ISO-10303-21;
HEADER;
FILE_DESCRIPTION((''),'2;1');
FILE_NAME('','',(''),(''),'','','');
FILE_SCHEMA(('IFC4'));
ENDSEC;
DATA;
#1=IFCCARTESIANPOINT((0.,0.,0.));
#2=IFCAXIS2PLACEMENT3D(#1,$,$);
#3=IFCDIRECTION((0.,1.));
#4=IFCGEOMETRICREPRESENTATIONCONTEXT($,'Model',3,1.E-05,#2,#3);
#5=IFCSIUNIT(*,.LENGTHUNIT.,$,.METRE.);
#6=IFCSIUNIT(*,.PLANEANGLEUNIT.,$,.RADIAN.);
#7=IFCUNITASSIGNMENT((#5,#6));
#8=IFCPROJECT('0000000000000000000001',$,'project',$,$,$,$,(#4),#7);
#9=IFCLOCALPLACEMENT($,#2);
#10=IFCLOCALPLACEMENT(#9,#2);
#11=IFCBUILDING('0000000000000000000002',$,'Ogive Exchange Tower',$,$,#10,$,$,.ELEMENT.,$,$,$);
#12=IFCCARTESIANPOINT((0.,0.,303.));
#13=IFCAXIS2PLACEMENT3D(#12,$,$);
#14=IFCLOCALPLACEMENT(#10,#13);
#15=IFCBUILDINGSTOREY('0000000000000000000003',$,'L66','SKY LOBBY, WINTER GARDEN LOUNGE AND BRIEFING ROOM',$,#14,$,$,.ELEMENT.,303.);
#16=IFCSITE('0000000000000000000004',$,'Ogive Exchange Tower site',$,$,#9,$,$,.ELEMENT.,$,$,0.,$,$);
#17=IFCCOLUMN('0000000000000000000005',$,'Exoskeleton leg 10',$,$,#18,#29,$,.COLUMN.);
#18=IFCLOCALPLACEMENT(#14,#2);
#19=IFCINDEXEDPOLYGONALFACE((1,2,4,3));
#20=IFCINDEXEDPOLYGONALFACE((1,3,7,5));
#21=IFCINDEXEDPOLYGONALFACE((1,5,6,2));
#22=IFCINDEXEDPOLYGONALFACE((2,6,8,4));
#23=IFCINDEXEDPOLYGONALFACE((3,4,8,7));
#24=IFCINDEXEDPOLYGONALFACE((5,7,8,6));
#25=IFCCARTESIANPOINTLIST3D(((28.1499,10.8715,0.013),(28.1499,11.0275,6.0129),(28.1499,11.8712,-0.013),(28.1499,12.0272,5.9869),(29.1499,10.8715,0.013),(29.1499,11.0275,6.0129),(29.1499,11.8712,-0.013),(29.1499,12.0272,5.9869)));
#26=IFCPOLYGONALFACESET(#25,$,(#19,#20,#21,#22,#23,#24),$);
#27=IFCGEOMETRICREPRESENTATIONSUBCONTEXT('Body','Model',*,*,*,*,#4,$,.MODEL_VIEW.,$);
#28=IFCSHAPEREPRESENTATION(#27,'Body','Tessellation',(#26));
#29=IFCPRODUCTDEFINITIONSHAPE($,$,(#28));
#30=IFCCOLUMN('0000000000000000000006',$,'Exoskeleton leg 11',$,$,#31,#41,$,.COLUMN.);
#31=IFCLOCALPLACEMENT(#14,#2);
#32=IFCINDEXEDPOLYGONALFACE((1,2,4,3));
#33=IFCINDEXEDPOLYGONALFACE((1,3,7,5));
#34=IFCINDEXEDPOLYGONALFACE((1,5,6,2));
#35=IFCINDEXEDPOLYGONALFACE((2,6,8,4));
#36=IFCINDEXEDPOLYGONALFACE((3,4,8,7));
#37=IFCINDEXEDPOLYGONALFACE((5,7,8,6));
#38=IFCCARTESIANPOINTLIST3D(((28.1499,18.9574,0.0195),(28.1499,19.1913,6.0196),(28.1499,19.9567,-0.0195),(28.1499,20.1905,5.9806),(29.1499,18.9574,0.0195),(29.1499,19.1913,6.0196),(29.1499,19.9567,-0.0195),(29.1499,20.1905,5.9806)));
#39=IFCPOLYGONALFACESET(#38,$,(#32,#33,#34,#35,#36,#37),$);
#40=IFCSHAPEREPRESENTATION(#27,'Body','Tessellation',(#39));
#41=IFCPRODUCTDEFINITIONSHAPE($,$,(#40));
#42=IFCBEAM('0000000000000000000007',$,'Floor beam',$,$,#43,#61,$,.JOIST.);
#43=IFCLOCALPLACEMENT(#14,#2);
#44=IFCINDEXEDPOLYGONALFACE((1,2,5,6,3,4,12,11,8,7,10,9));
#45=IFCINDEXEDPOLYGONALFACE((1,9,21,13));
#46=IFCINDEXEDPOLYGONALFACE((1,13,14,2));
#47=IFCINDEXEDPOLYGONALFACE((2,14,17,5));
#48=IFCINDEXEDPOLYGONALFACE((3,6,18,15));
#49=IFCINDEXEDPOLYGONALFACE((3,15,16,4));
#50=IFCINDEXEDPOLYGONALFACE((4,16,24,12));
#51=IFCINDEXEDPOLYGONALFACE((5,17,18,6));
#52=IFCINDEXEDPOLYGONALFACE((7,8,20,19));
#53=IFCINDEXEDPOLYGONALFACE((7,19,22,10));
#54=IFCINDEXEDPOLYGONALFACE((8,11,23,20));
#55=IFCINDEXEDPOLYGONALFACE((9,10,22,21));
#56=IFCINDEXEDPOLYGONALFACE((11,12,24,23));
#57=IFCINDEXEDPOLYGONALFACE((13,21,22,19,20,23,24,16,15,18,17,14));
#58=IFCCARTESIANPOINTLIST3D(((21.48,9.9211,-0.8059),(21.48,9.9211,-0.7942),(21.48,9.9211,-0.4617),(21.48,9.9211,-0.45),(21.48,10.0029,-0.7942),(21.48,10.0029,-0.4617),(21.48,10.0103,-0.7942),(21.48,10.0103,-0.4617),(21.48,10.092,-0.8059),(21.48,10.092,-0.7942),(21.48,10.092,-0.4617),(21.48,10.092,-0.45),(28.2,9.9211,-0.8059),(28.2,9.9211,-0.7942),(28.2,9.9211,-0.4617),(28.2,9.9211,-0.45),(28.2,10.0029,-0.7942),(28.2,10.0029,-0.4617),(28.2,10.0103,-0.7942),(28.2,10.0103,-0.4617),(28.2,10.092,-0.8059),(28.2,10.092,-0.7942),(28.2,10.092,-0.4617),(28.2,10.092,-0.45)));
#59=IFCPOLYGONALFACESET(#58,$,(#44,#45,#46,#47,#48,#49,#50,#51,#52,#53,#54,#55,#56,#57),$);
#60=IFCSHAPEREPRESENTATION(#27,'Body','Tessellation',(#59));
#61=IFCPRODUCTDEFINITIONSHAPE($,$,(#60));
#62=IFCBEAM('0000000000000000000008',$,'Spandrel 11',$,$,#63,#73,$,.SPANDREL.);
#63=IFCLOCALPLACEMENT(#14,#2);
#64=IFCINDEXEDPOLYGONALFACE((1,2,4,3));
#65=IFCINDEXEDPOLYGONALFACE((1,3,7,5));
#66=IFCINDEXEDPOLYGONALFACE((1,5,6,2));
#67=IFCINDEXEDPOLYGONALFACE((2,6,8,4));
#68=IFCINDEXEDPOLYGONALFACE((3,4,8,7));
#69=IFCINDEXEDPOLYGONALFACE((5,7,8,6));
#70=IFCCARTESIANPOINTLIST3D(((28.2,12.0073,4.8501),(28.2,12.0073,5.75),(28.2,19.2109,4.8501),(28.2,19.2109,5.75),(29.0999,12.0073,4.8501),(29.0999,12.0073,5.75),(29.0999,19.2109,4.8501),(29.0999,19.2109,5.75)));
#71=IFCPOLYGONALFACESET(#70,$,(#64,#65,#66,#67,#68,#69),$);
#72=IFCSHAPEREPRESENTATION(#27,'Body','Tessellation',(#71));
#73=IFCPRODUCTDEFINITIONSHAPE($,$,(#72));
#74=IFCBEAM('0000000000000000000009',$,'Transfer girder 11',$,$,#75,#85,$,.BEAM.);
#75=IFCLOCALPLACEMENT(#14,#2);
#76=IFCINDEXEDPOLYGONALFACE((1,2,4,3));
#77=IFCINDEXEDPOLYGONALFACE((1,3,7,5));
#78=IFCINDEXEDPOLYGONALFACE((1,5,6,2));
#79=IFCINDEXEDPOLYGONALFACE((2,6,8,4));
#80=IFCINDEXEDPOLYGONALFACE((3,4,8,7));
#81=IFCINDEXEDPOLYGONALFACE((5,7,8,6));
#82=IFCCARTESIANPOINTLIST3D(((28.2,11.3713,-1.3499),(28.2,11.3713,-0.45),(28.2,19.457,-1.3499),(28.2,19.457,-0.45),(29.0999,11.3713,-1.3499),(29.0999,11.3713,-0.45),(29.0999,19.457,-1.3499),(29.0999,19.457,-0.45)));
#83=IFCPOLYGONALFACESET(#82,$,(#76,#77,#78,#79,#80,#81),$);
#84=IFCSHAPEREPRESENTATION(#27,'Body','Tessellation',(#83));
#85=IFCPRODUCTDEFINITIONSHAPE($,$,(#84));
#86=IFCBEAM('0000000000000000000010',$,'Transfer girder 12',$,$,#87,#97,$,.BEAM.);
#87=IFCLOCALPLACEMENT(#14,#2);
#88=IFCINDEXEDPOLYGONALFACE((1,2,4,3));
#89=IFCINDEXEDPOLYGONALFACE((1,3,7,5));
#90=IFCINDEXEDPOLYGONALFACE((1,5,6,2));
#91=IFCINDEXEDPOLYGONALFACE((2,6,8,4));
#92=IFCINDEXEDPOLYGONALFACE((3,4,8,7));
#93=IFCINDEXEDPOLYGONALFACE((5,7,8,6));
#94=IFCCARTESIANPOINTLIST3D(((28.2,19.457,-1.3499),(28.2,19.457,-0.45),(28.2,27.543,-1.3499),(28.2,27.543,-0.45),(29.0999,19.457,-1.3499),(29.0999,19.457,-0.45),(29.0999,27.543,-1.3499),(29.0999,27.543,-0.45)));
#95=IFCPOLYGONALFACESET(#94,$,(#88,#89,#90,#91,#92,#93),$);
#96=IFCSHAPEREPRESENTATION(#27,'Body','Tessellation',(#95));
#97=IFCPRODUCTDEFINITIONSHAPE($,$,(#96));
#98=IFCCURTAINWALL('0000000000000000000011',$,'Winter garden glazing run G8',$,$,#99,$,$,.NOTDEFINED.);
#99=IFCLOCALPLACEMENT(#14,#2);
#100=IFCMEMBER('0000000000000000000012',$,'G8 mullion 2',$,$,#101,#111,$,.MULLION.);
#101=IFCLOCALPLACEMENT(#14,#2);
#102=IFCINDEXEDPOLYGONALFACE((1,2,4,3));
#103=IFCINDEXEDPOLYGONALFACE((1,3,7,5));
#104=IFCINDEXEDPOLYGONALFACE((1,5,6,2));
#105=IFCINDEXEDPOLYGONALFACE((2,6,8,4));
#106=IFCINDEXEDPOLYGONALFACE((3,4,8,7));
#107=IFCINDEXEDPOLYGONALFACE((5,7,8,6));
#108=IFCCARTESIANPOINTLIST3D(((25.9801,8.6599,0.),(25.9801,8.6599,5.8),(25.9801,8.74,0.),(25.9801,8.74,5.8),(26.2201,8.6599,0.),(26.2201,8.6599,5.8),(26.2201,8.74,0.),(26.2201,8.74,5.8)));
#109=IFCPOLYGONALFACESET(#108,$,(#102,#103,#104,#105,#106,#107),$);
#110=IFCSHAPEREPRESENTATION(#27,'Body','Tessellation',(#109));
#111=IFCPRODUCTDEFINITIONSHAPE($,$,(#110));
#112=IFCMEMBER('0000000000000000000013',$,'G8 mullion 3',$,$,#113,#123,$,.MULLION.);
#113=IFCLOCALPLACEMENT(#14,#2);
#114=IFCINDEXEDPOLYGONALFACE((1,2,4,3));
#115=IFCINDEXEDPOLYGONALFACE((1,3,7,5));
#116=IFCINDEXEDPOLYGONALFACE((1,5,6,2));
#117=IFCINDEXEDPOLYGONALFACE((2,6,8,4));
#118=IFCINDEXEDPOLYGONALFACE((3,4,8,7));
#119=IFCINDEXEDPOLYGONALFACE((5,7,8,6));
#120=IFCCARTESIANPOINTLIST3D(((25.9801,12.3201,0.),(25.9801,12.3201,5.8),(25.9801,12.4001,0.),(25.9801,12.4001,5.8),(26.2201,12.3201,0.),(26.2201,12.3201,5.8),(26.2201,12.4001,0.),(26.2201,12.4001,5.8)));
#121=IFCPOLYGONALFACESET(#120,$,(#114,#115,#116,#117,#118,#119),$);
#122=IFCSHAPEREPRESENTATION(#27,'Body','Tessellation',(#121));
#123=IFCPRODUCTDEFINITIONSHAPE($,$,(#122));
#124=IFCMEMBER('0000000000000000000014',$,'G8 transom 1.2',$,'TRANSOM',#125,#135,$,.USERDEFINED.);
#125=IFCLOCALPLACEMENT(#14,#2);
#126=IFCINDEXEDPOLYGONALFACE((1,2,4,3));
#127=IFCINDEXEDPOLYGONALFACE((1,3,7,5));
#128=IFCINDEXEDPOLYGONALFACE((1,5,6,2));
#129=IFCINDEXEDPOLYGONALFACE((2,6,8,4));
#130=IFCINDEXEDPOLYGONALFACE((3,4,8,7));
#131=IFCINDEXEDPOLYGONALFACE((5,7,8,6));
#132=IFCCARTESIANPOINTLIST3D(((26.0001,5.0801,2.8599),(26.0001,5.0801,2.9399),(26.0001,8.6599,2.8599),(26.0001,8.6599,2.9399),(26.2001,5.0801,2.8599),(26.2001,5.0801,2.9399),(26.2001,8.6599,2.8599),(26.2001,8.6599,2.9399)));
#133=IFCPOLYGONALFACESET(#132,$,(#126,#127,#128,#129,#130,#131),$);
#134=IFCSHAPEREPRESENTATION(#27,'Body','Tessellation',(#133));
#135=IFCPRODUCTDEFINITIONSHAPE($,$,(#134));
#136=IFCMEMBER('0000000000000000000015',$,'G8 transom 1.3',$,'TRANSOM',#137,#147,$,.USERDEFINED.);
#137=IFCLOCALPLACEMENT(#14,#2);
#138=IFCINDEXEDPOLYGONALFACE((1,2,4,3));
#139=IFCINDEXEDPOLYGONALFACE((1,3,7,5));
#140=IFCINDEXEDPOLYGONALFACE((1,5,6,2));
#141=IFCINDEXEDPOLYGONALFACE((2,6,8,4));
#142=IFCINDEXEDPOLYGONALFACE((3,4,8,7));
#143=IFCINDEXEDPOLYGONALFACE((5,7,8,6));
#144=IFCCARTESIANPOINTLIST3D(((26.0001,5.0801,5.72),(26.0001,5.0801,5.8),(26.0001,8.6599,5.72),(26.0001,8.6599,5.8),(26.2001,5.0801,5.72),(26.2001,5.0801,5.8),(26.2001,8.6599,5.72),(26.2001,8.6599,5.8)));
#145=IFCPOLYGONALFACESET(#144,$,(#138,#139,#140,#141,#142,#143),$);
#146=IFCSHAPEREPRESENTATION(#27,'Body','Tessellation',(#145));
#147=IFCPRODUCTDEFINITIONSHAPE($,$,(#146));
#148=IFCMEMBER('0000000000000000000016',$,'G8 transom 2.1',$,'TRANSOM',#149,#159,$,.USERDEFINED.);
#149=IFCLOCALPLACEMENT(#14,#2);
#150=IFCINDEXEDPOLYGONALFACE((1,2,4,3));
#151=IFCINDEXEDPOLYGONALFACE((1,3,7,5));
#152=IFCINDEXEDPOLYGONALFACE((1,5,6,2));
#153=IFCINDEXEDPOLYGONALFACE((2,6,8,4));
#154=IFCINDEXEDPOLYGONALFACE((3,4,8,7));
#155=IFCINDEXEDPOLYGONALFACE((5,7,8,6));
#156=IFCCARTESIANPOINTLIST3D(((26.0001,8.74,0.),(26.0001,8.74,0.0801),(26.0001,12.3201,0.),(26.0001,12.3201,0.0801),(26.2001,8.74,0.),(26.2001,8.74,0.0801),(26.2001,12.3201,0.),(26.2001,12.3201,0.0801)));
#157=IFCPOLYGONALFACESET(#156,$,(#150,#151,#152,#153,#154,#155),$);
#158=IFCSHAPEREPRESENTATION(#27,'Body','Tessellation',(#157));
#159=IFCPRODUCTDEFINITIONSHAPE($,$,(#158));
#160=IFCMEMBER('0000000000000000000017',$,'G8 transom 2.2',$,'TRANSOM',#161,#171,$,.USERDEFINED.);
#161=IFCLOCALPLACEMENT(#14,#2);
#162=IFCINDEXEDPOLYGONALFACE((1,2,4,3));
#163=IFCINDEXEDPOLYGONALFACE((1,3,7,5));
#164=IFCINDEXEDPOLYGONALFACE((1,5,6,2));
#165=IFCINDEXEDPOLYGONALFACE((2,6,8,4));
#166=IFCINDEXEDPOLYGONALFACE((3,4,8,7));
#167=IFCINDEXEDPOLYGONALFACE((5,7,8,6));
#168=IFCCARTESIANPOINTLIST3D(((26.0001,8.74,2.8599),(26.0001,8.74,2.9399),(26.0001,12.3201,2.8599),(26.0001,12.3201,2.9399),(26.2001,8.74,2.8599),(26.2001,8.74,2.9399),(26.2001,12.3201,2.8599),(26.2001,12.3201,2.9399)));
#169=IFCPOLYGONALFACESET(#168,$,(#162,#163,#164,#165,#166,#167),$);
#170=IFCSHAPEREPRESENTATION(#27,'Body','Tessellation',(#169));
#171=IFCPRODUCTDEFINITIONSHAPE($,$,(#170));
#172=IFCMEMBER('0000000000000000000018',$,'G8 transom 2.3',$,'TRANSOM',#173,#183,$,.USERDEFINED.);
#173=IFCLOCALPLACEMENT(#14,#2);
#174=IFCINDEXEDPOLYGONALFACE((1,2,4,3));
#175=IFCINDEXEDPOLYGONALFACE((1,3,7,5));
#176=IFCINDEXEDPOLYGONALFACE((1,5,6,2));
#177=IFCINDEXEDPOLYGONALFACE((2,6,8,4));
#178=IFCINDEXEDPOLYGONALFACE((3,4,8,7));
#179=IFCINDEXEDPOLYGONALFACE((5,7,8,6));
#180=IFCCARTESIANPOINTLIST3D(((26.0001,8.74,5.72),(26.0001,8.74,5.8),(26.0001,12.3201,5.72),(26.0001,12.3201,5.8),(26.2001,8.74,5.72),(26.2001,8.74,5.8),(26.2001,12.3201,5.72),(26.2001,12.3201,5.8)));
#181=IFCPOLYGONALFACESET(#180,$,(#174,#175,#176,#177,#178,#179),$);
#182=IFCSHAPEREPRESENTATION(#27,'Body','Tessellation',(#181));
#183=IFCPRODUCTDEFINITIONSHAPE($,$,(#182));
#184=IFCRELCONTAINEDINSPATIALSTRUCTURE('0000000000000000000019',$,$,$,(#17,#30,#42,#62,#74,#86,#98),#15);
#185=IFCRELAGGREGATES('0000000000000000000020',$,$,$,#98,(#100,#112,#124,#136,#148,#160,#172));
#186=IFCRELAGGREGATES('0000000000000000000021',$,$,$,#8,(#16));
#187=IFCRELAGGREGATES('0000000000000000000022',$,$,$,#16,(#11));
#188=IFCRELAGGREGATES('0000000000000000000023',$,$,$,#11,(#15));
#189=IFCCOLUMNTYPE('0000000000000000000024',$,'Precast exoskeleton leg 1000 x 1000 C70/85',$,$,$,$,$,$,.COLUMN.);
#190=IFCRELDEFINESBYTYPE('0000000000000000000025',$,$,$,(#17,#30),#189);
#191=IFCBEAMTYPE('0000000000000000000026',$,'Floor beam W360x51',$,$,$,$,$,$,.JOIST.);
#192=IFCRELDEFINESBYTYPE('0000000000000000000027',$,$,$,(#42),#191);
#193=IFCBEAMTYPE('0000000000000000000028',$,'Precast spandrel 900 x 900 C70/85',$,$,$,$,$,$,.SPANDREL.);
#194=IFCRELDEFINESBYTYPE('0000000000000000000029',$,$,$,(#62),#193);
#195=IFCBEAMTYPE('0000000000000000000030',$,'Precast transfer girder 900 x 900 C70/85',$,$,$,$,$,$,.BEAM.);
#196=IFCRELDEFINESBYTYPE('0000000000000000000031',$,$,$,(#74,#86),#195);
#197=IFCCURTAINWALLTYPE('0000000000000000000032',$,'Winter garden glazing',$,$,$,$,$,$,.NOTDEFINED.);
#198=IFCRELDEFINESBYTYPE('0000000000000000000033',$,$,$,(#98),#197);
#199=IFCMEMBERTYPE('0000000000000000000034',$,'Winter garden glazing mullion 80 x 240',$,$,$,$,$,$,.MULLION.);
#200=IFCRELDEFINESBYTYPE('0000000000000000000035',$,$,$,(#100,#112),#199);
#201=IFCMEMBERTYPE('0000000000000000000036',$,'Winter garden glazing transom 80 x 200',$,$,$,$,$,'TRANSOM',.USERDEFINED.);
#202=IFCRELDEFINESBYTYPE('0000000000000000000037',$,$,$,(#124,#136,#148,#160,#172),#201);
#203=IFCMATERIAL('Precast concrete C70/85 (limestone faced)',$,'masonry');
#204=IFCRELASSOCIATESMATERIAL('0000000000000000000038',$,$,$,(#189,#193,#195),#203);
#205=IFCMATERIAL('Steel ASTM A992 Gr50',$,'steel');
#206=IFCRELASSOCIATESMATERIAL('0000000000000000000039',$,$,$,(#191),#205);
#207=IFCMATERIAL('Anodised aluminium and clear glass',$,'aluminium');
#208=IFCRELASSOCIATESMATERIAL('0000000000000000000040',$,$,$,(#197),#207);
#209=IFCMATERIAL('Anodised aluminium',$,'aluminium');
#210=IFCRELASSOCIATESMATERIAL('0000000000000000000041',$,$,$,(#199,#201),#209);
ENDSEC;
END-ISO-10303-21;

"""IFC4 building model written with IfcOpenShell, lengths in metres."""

from ifc_helpers import new_model, si_unit, direction, frame, origin, origin_2d, place, context, subcontext, project, spatial, rectangle, i_section, extrude, material, material_profile, profile_set, type_object, element, aggregate, save


model = new_model("IFC4")

# Units and contexts
model_context = context("Model", 3, precision=1e-05, world=origin(), true_north=direction((0.0, 1.0)))
body_context = subcontext(model_context, "Body", "Model", "MODEL_VIEW")
ifc_project = project(units=[si_unit("LENGTHUNIT", "METRE"), si_unit("PLANEANGLEUNIT", "RADIAN")], contexts=[model_context])

# Site, building, storey
site_placement = place(None, origin())
site = spatial("IfcSite", under=ifc_project, at=site_placement, Name="Ogive Exchange Tower site", CompositionType="ELEMENT", RefElevation=0.0)
building_placement = place(site_placement, origin())
building = spatial("IfcBuilding", under=site, at=building_placement, Name="Ogive Exchange Tower", CompositionType="ELEMENT")
storey_placement = place(building_placement, frame((0.0, 0.0, 303.0)))
storey = spatial("IfcBuildingStorey", under=building, at=storey_placement, Name="L66", Description="SKY LOBBY, WINTER GARDEN LOUNGE AND BRIEFING ROOM", CompositionType="ELEMENT", Elevation=303.0)

# Columns
ifc_material_1 = material(Name="Precast concrete C70/85 (limestone faced)", Category="masonry")
ifc_material_profile_1 = material_profile(ifc_material_1, rectangle(XDim=1.0, YDim=1.0, at=origin_2d()), Name="1000 x 1000")
ifc_profile_set_1 = profile_set([ifc_material_profile_1], Name="Precast concrete C70/85 (limestone faced)")
column_type = type_object("IfcColumnType", Name="Precast exoskeleton leg 1000 x 1000 C70/85", PredefinedType="COLUMN", material=ifc_profile_set_1)
column_1_placement = place(storey_placement, frame((28.6499, 11.3713, 0.0), z_axis=(0.0, 0.025992, 0.999662), x_axis=(-1.0, 0.0, 0.0)))
element("IfcColumn", 1, at=column_1_placement, inside=storey, type_object=column_type, Name="Exoskeleton leg 10", PredefinedType="COLUMN", context=body_context, shape_type="SweptSolid", body=[
    extrude(rectangle(XDim=1.0, YDim=1.0, at=origin_2d()), origin(), (0.0, 0.0, 1.0), 6.002),
])
column_2_placement = place(storey_placement, frame((28.6499, 19.457, 0.0), z_axis=(0.0, 0.038952, 0.999241), x_axis=(-1.0, 0.0, 0.0)))
element("IfcColumn", 2, at=column_2_placement, inside=storey, type_object=column_type, Name="Exoskeleton leg 11", PredefinedType="COLUMN", context=body_context, shape_type="SweptSolid", body=[
    extrude(rectangle(XDim=1.0, YDim=1.0, at=origin_2d()), origin(), (0.0, 0.0, 1.0), 6.0046),
])

# Beams
ifc_material_2 = material(Name="Steel ASTM A992 Gr50", Category="steel")
ifc_material_profile_2 = material_profile(ifc_material_2, i_section(OverallWidth=0.1709, OverallDepth=0.356, WebThickness=0.0073, FlangeThickness=0.0117, at=origin_2d()), Name="W360x51")
ifc_profile_set_2 = profile_set([ifc_material_profile_2], Name="Steel ASTM A992 Gr50")
beam_type_1 = type_object("IfcBeamType", Name="Floor beam W360x51", PredefinedType="JOIST", material=ifc_profile_set_2)
beam_1_placement = place(storey_placement, frame((21.48, 10.0066, -0.6279), z_axis=(1.0, 0.0, 0.0), x_axis=(0.0, 1.0, 0.0)))
element("IfcBeam", 3, at=beam_1_placement, inside=storey, type_object=beam_type_1, Name="Floor beam", PredefinedType="JOIST", context=body_context, shape_type="SweptSolid", body=[
    extrude(i_section(OverallWidth=0.1709, OverallDepth=0.356, WebThickness=0.0073, FlangeThickness=0.0117, at=origin_2d()), origin(), (0.0, 0.0, 1.0), 6.72),
])
ifc_material_profile_3 = material_profile(ifc_material_1, rectangle(XDim=0.8999, YDim=0.8999, at=origin_2d()), Name="900 x 900")
ifc_profile_set_3 = profile_set([ifc_material_profile_3], Name="Precast concrete C70/85 (limestone faced)")
beam_type_2 = type_object("IfcBeamType", Name="Precast spandrel 900 x 900 C70/85", PredefinedType="SPANDREL", material=ifc_profile_set_3)
beam_2_placement = place(storey_placement, frame((28.6499, 12.0073, 5.3), z_axis=(0.0, 1.0, 0.0), x_axis=(-1.0, 0.0, 0.0)))
element("IfcBeam", 4, at=beam_2_placement, inside=storey, type_object=beam_type_2, Name="Spandrel 11", PredefinedType="SPANDREL", context=body_context, shape_type="SweptSolid", body=[
    extrude(rectangle(XDim=0.8999, YDim=0.8999, at=origin_2d()), origin(), (0.0, 0.0, 1.0), 7.2036),
])
ifc_material_profile_4 = material_profile(ifc_material_1, rectangle(XDim=0.8999, YDim=0.8999, at=origin_2d()), Name="900 x 900")
ifc_profile_set_4 = profile_set([ifc_material_profile_4], Name="Precast concrete C70/85 (limestone faced)")
beam_type_3 = type_object("IfcBeamType", Name="Precast transfer girder 900 x 900 C70/85", PredefinedType="BEAM", material=ifc_profile_set_4)
beam_3_placement = place(storey_placement, frame((28.6499, 11.3713, -0.8999), z_axis=(0.0, 1.0, 0.0), x_axis=(-1.0, 0.0, 0.0)))
element("IfcBeam", 5, at=beam_3_placement, inside=storey, type_object=beam_type_3, Name="Transfer girder 11", PredefinedType="BEAM", context=body_context, shape_type="SweptSolid", body=[
    extrude(rectangle(XDim=0.8999, YDim=0.8999, at=origin_2d()), origin(), (0.0, 0.0, 1.0), 8.0857),
])
beam_4_placement = place(storey_placement, frame((28.6499, 19.457, -0.8999), z_axis=(0.0, 1.0, 0.0), x_axis=(-1.0, 0.0, 0.0)))
element("IfcBeam", 6, at=beam_4_placement, inside=storey, type_object=beam_type_3, Name="Transfer girder 12", PredefinedType="BEAM", context=body_context, shape_type="SweptSolid", body=[
    extrude(rectangle(XDim=0.8999, YDim=0.8999, at=origin_2d()), origin(), (0.0, 0.0, 1.0), 8.0859),
])

# Curtain wall, members
ifc_material_3 = material(Name="Anodised aluminium and clear glass", Category="aluminium")
curtain_wall_type = type_object("IfcCurtainWallType", Name="Winter garden glazing", PredefinedType="NOTDEFINED", material=ifc_material_3)
curtain_wall_placement = place(storey_placement, origin())
curtain_wall = element("IfcCurtainWall", 7, at=curtain_wall_placement, inside=storey, type_object=curtain_wall_type, Name="Winter garden glazing run G8", PredefinedType="NOTDEFINED")
ifc_material_4 = material(Name="Anodised aluminium", Category="aluminium")
ifc_material_profile_5 = material_profile(ifc_material_4, rectangle(XDim=0.24, YDim=0.0801, at=origin_2d()), Name="AL 80x240")
ifc_profile_set_5 = profile_set([ifc_material_profile_5], Name="Anodised aluminium")
member_type_1 = type_object("IfcMemberType", Name="Winter garden glazing mullion 80 x 240", PredefinedType="MULLION", material=ifc_profile_set_5)
member_1_placement = place(storey_placement, frame((26.1001, 8.7, 0.0), z_axis=(0.0, 0.0, 1.0), x_axis=(-1.0, 0.0, 0.0)))
member_1 = element("IfcMember", 8, at=member_1_placement, type_object=member_type_1, Name="G8 mullion 2", PredefinedType="MULLION", context=body_context, shape_type="SweptSolid", body=[
    extrude(rectangle(XDim=0.24, YDim=0.0801, at=origin_2d()), origin(), (0.0, 0.0, 1.0), 5.8),
])
member_2_placement = place(storey_placement, frame((26.1001, 12.3601, 0.0), z_axis=(0.0, 0.0, 1.0), x_axis=(-1.0, 0.0, 0.0)))
member_2 = element("IfcMember", 9, at=member_2_placement, type_object=member_type_1, Name="G8 mullion 3", PredefinedType="MULLION", context=body_context, shape_type="SweptSolid", body=[
    extrude(rectangle(XDim=0.24, YDim=0.0801, at=origin_2d()), origin(), (0.0, 0.0, 1.0), 5.8),
])
ifc_material_profile_6 = material_profile(ifc_material_4, rectangle(XDim=0.2, YDim=0.0801, at=origin_2d()), Name="AL 80x200")
ifc_profile_set_6 = profile_set([ifc_material_profile_6], Name="Anodised aluminium")
member_type_2 = type_object("IfcMemberType", Name="Winter garden glazing transom 80 x 200", ElementType="TRANSOM", PredefinedType="USERDEFINED", material=ifc_profile_set_6)
member_3_placement = place(storey_placement, frame((26.1001, 5.0801, 2.8999), z_axis=(0.0, 1.0, 0.0), x_axis=(-1.0, 0.0, 0.0)))
member_3 = element("IfcMember", 10, at=member_3_placement, type_object=member_type_2, Name="G8 transom 1.2", ObjectType="TRANSOM", PredefinedType="USERDEFINED", context=body_context, shape_type="SweptSolid", body=[
    extrude(rectangle(XDim=0.2, YDim=0.0801, at=origin_2d()), origin(), (0.0, 0.0, 1.0), 3.5798),
])
member_4_placement = place(storey_placement, frame((26.1001, 5.0801, 5.76), z_axis=(0.0, 1.0, 0.0), x_axis=(-1.0, 0.0, 0.0)))
member_4 = element("IfcMember", 11, at=member_4_placement, type_object=member_type_2, Name="G8 transom 1.3", ObjectType="TRANSOM", PredefinedType="USERDEFINED", context=body_context, shape_type="SweptSolid", body=[
    extrude(rectangle(XDim=0.2, YDim=0.0801, at=origin_2d()), origin(), (0.0, 0.0, 1.0), 3.5798),
])
member_5_placement = place(storey_placement, frame((26.1001, 8.74, 0.04), z_axis=(0.0, 1.0, 0.0), x_axis=(-1.0, 0.0, 0.0)))
member_5 = element("IfcMember", 12, at=member_5_placement, type_object=member_type_2, Name="G8 transom 2.1", ObjectType="TRANSOM", PredefinedType="USERDEFINED", context=body_context, shape_type="SweptSolid", body=[
    extrude(rectangle(XDim=0.2, YDim=0.0801, at=origin_2d()), origin(), (0.0, 0.0, 1.0), 3.5801),
])
member_6_placement = place(storey_placement, frame((26.1001, 8.74, 2.8999), z_axis=(0.0, 1.0, 0.0), x_axis=(-1.0, 0.0, 0.0)))
member_6 = element("IfcMember", 13, at=member_6_placement, type_object=member_type_2, Name="G8 transom 2.2", ObjectType="TRANSOM", PredefinedType="USERDEFINED", context=body_context, shape_type="SweptSolid", body=[
    extrude(rectangle(XDim=0.2, YDim=0.0801, at=origin_2d()), origin(), (0.0, 0.0, 1.0), 3.5801),
])
member_7_placement = place(storey_placement, frame((26.1001, 8.74, 5.76), z_axis=(0.0, 1.0, 0.0), x_axis=(-1.0, 0.0, 0.0)))
member_7 = element("IfcMember", 14, at=member_7_placement, type_object=member_type_2, Name="G8 transom 2.3", ObjectType="TRANSOM", PredefinedType="USERDEFINED", context=body_context, shape_type="SweptSolid", body=[
    extrude(rectangle(XDim=0.2, YDim=0.0801, at=origin_2d()), origin(), (0.0, 0.0, 1.0), 3.5801),
])
aggregate(curtain_wall, [member_1, member_2, member_3, member_4, member_5, member_6, member_7])

save(model, "model.ifc")
